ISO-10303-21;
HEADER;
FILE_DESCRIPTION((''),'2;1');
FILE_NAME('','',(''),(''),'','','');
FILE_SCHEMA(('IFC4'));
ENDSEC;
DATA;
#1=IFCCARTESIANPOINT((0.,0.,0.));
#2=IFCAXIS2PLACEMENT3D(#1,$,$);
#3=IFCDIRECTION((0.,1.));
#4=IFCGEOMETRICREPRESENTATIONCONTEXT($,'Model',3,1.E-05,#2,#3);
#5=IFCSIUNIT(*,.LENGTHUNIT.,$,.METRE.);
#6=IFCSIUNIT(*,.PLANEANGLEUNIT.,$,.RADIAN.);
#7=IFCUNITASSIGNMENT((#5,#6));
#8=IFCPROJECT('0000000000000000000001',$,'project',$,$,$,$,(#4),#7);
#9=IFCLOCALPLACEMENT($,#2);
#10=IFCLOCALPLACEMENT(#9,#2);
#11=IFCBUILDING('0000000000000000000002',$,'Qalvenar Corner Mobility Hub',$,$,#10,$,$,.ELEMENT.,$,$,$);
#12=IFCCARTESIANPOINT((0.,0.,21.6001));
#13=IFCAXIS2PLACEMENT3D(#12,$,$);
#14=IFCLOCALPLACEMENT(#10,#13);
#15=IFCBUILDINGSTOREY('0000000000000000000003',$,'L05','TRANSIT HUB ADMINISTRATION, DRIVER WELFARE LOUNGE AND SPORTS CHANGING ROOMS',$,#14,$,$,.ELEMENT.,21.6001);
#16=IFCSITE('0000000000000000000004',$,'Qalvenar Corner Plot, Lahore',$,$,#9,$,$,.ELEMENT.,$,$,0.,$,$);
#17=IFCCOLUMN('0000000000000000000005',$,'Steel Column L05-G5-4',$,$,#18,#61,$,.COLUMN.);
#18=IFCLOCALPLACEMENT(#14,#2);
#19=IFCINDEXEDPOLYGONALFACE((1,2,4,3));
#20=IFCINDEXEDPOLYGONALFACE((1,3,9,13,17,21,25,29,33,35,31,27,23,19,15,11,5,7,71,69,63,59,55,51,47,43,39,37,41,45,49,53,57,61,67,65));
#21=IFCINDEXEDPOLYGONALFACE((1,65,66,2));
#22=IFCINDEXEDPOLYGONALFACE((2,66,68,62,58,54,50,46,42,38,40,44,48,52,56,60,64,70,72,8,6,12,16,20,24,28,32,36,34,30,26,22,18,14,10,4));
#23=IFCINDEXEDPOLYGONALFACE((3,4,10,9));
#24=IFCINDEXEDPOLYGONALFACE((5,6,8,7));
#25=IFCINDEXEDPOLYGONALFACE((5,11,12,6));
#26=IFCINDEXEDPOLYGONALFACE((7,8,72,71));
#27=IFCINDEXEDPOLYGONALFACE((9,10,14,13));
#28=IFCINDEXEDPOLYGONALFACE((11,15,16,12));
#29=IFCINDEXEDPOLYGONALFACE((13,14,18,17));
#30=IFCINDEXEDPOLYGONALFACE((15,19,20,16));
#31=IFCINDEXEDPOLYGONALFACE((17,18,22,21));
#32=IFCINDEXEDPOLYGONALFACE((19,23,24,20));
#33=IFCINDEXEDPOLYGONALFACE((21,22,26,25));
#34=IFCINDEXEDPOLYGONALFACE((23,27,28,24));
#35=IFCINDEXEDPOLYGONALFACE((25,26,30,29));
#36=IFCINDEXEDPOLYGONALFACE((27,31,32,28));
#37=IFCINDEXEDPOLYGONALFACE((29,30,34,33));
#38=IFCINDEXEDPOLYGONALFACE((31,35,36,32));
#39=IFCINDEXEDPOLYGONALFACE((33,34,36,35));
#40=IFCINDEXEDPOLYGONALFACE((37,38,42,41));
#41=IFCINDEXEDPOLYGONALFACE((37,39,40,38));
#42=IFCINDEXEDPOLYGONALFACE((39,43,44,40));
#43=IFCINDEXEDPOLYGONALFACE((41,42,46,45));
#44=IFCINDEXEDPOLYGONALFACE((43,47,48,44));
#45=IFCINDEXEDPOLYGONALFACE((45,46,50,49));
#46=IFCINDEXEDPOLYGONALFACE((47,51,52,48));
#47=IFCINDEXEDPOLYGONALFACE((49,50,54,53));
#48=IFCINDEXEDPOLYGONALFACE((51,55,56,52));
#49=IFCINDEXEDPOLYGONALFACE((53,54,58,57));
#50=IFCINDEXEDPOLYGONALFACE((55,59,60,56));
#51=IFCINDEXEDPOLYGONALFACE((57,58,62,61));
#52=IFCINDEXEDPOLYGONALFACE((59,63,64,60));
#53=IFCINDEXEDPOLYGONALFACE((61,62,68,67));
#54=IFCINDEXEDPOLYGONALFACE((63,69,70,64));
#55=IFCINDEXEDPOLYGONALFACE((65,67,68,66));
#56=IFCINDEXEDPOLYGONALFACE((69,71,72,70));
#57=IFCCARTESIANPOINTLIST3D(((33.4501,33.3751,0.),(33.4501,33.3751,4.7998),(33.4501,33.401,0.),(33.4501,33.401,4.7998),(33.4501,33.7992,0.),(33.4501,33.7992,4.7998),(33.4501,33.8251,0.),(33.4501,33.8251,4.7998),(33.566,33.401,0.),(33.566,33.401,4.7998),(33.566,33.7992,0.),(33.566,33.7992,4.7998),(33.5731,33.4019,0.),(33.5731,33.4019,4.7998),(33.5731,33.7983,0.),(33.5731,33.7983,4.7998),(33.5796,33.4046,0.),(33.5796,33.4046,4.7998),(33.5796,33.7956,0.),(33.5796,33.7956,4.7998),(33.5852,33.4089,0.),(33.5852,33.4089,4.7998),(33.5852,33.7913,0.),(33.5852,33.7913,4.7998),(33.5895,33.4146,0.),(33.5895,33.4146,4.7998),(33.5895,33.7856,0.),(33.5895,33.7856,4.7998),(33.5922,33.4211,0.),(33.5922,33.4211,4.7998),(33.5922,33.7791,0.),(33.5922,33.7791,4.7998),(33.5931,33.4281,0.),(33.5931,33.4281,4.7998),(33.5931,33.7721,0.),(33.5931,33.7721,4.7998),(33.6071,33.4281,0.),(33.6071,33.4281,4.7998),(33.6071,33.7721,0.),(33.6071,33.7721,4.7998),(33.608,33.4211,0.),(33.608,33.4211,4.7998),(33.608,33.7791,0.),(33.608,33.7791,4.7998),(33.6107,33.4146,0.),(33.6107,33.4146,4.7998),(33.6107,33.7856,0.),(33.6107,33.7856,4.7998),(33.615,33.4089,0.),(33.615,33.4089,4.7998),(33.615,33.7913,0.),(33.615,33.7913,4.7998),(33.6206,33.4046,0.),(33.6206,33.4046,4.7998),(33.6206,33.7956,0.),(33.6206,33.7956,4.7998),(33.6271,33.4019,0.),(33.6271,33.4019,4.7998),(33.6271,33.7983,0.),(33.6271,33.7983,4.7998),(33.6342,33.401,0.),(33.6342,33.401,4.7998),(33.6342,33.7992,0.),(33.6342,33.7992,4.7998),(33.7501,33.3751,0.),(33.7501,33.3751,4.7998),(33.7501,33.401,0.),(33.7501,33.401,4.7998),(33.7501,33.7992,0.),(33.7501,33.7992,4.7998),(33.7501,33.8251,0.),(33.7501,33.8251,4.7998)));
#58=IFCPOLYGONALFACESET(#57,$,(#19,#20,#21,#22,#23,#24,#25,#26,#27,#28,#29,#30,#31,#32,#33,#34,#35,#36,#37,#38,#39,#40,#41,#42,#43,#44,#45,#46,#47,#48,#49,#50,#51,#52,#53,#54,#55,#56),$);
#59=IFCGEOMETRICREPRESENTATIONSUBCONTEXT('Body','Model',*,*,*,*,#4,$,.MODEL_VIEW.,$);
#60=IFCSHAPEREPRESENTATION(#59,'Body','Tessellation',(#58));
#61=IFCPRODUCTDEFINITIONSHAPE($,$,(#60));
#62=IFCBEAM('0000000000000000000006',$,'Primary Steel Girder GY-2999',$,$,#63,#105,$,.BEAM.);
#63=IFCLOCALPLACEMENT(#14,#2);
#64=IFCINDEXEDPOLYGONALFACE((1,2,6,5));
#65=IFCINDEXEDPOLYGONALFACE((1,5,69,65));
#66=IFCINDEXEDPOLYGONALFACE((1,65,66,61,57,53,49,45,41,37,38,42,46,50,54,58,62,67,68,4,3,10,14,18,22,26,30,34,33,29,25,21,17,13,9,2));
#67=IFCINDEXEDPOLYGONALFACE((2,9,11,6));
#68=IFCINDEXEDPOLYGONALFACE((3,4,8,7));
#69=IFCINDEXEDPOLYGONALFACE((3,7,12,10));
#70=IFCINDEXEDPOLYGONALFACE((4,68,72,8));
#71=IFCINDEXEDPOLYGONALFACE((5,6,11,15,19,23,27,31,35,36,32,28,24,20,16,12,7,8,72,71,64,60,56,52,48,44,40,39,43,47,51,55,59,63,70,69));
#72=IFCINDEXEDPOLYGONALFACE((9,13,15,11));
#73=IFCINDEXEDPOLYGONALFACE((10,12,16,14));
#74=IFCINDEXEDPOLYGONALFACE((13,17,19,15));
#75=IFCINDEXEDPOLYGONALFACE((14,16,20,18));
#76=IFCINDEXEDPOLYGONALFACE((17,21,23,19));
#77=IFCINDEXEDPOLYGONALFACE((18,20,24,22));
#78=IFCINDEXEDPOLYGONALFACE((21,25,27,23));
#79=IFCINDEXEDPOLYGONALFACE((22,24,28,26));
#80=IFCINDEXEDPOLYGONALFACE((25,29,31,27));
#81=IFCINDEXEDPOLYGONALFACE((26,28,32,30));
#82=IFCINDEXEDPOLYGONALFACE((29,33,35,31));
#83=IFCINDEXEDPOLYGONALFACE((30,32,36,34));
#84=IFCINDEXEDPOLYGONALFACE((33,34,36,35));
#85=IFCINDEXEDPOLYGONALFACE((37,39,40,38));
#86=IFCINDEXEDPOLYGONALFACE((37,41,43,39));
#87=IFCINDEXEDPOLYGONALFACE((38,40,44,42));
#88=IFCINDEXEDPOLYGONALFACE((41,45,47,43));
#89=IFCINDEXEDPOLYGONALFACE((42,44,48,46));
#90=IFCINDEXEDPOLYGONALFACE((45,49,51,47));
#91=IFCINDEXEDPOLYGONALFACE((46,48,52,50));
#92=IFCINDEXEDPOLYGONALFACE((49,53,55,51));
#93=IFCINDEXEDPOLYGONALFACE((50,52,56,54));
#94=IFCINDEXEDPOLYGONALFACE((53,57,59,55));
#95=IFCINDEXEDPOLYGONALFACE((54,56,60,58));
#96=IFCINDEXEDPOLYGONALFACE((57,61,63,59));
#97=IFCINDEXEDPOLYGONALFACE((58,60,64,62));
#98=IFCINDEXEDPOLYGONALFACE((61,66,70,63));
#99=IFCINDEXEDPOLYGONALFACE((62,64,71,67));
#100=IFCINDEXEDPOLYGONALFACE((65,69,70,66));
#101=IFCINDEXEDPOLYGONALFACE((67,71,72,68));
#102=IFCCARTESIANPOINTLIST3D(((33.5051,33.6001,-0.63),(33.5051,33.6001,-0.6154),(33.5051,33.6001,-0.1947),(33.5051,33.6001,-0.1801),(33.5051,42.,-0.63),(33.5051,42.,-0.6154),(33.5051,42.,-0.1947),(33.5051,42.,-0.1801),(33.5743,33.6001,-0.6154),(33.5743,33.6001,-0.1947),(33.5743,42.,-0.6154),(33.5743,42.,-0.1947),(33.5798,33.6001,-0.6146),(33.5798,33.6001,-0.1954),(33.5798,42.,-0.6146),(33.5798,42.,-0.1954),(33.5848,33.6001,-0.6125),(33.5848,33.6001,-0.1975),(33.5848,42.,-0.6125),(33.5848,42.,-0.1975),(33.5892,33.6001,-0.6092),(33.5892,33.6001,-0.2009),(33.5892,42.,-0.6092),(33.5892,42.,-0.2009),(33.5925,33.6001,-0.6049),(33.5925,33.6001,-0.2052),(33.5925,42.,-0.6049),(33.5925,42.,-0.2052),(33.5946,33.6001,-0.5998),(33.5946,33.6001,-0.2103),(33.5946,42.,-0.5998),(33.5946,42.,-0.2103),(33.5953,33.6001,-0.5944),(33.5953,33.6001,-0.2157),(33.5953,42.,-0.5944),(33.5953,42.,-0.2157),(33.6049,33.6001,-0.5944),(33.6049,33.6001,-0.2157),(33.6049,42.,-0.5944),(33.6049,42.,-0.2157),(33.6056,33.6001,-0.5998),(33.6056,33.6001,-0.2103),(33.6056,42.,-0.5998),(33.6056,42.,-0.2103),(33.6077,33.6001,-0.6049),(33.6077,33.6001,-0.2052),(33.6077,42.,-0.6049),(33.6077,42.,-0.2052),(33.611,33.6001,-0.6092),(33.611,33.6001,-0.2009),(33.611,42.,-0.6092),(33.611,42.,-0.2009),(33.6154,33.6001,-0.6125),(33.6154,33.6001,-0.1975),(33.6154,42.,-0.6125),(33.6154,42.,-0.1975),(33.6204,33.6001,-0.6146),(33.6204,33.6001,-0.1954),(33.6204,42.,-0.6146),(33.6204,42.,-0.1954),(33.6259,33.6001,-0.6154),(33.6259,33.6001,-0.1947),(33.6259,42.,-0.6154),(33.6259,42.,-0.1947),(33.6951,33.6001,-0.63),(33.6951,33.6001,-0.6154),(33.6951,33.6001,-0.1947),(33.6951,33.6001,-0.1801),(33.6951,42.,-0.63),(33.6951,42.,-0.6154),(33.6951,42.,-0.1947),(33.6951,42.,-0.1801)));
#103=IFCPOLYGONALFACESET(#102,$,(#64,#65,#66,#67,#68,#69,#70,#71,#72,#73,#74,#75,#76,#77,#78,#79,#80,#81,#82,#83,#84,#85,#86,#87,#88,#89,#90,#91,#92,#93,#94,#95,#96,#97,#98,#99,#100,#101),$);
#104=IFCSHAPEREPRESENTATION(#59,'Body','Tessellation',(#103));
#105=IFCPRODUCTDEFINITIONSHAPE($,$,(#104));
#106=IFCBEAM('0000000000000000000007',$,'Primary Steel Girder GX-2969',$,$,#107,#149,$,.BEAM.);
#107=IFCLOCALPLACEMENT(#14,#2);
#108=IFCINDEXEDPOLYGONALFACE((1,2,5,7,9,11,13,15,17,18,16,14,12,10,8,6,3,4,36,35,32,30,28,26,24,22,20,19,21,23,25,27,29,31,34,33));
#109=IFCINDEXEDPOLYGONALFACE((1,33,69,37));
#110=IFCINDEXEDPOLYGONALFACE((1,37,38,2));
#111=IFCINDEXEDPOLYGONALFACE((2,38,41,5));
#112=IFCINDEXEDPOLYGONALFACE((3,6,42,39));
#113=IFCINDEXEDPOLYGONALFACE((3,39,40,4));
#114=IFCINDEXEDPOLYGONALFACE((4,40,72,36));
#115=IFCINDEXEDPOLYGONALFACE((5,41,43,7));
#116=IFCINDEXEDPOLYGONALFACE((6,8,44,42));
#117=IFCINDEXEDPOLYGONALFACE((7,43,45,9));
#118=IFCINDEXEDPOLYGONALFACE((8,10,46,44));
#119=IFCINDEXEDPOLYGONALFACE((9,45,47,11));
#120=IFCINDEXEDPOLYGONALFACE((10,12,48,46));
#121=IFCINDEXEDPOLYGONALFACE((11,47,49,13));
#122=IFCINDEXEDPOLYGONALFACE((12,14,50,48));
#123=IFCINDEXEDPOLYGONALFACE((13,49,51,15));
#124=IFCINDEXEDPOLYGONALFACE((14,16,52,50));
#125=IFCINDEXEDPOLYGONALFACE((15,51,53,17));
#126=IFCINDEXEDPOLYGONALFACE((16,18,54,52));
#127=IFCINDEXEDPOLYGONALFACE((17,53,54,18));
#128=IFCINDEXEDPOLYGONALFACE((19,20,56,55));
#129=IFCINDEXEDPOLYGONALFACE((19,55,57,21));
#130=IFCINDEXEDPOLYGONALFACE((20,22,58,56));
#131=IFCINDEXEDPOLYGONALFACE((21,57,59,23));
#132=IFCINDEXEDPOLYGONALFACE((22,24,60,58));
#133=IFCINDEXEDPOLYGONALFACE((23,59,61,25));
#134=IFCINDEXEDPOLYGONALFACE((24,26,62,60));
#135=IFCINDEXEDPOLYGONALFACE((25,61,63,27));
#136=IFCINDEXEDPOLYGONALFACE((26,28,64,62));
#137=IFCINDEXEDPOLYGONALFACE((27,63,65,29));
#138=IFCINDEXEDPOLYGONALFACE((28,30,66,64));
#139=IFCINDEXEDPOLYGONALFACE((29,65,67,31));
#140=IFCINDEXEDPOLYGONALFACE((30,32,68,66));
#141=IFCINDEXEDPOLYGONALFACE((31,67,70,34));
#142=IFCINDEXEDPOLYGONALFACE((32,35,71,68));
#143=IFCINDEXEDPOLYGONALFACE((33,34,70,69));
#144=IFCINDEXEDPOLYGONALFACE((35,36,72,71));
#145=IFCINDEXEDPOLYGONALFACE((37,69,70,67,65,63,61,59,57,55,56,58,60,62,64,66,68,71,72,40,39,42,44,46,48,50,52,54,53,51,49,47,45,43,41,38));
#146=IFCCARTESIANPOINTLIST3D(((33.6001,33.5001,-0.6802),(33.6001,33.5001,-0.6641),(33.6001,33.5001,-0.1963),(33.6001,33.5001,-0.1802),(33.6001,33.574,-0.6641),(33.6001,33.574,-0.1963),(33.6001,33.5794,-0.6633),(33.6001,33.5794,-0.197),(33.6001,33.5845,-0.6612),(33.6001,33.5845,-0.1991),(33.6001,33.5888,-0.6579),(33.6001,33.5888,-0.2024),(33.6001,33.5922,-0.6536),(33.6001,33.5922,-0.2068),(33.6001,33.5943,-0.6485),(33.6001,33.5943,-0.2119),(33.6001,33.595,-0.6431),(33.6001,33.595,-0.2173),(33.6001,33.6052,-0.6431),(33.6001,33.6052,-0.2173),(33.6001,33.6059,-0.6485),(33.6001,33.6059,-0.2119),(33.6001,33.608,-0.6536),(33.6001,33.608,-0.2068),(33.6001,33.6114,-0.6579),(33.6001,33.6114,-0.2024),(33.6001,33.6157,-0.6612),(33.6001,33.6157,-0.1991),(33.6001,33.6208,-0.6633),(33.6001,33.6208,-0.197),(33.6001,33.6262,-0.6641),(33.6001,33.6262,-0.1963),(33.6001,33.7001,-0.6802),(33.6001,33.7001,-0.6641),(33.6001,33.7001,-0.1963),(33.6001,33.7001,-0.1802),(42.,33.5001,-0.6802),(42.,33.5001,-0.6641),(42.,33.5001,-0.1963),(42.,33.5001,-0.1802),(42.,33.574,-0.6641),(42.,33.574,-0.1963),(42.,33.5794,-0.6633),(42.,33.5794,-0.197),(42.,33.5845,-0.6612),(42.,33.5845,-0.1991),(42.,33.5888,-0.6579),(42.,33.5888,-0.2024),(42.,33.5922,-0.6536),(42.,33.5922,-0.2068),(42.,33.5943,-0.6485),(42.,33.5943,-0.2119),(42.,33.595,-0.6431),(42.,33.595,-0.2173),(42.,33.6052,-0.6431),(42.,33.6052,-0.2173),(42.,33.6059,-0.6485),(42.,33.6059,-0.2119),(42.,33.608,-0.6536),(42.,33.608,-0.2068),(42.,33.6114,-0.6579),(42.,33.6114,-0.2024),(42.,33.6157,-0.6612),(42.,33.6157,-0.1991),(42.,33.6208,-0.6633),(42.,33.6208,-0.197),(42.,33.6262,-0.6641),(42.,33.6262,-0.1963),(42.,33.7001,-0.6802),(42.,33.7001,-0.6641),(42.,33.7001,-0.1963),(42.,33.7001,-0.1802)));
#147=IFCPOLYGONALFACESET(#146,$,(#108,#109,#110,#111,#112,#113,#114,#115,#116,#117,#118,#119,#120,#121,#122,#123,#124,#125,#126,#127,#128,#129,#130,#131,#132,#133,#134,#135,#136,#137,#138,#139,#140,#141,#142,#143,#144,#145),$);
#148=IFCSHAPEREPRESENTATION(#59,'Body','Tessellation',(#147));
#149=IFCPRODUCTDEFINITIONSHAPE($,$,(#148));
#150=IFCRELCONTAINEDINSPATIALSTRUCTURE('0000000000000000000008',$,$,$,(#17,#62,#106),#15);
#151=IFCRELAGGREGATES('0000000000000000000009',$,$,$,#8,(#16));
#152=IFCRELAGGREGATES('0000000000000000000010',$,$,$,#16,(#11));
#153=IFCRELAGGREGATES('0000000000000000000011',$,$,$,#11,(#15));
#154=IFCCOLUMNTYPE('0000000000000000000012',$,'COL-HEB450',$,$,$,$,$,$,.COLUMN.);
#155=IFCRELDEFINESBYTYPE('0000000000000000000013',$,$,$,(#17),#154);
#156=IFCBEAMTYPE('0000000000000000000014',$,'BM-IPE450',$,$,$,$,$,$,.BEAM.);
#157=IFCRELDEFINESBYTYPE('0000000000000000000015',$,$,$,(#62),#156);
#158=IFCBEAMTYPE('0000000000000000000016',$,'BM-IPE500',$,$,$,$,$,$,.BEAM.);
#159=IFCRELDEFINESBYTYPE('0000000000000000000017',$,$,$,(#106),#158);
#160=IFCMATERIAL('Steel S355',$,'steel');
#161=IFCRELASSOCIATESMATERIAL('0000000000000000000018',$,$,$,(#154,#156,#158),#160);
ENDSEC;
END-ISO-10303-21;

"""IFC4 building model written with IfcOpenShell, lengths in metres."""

from ifc_helpers import new_model, si_unit, direction, frame, origin, origin_2d, place, context, subcontext, project, spatial, i_section, extrude, material, material_profile, profile_set, type_object, element, save


model = new_model("IFC4")

# Units and contexts
model_context = context("Model", 3, precision=1e-05, world=origin(), true_north=direction((0.0, 1.0)))
body_context = subcontext(model_context, "Body", "Model", "MODEL_VIEW")
ifc_project = project(units=[si_unit("LENGTHUNIT", "METRE"), si_unit("PLANEANGLEUNIT", "RADIAN")], contexts=[model_context])

# Site, building, storey
site_placement = place(None, origin())
site = spatial("IfcSite", under=ifc_project, at=site_placement, Name="Qalvenar Corner Plot, Lahore", CompositionType="ELEMENT", RefElevation=0.0)
building_placement = place(site_placement, origin())
building = spatial("IfcBuilding", under=site, at=building_placement, Name="Qalvenar Corner Mobility Hub", CompositionType="ELEMENT")
storey_placement = place(building_placement, frame((0.0, 0.0, 21.6001)))
storey = spatial("IfcBuildingStorey", under=building, at=storey_placement, Name="L05", Description="TRANSIT HUB ADMINISTRATION, DRIVER WELFARE LOUNGE AND SPORTS CHANGING ROOMS", CompositionType="ELEMENT", Elevation=21.6001)

# Column
ifc_material_1 = material(Name="Steel S355", Category="steel")
ifc_material_profile_1 = material_profile(ifc_material_1, i_section(OverallWidth=0.3, OverallDepth=0.45, WebThickness=0.0139, FlangeThickness=0.0259, FilletRadius=0.0271, at=origin_2d()), Name="HEB450")
ifc_profile_set_1 = profile_set([ifc_material_profile_1], Name="Steel S355")
column_type = type_object("IfcColumnType", Name="COL-HEB450", PredefinedType="COLUMN", material=ifc_profile_set_1)
column_placement = place(storey_placement, frame((33.6001, 33.6001, 0.0), z_axis=(0.0, 0.0, 1.0), x_axis=(1.0, 0.0, 0.0)))
element("IfcColumn", 1, at=column_placement, inside=storey, type_object=column_type, Name="Steel Column L05-G5-4", PredefinedType="COLUMN", context=body_context, shape_type="SweptSolid", body=[
    extrude(i_section(OverallWidth=0.3, OverallDepth=0.45, WebThickness=0.0139, FlangeThickness=0.0259, FilletRadius=0.0271, at=origin_2d()), origin(), (0.0, 0.0, 1.0), 4.7998),
])

# Beams
ifc_material_profile_2 = material_profile(ifc_material_1, i_section(OverallWidth=0.1899, OverallDepth=0.45, WebThickness=0.0095, FlangeThickness=0.0146, FilletRadius=0.021, at=origin_2d()), Name="IPE450")
ifc_profile_set_2 = profile_set([ifc_material_profile_2], Name="Steel S355")
beam_type_1 = type_object("IfcBeamType", Name="BM-IPE450", PredefinedType="BEAM", material=ifc_profile_set_2)
beam_1_placement = place(storey_placement, frame((33.6001, 33.6001, -0.405), z_axis=(0.0, 1.0, 0.0), x_axis=(-1.0, 0.0, 0.0)))
element("IfcBeam", 2, at=beam_1_placement, inside=storey, type_object=beam_type_1, Name="Primary Steel Girder GY-2999", PredefinedType="BEAM", context=body_context, shape_type="SweptSolid", body=[
    extrude(i_section(OverallWidth=0.1899, OverallDepth=0.45, WebThickness=0.0095, FlangeThickness=0.0146, FilletRadius=0.021, at=origin_2d()), origin(), (0.0, 0.0, 1.0), 8.3999),
])
ifc_material_profile_3 = material_profile(ifc_material_1, i_section(OverallWidth=0.2, OverallDepth=0.5, WebThickness=0.0103, FlangeThickness=0.0161, FilletRadius=0.021, at=origin_2d()), Name="IPE500")
ifc_profile_set_3 = profile_set([ifc_material_profile_3], Name="Steel S355")
beam_type_2 = type_object("IfcBeamType", Name="BM-IPE500", PredefinedType="BEAM", material=ifc_profile_set_3)
beam_2_placement = place(storey_placement, frame((33.6001, 33.6001, -0.4302), z_axis=(1.0, 0.0, 0.0), x_axis=(0.0, 1.0, 0.0)))
element("IfcBeam", 3, at=beam_2_placement, inside=storey, type_object=beam_type_2, Name="Primary Steel Girder GX-2969", PredefinedType="BEAM", context=body_context, shape_type="SweptSolid", body=[
    extrude(i_section(OverallWidth=0.2, OverallDepth=0.5, WebThickness=0.0103, FlangeThickness=0.0161, FilletRadius=0.021, at=origin_2d()), origin(), (0.0, 0.0, 1.0), 8.3999),
])

save(model, "model.ifc")
